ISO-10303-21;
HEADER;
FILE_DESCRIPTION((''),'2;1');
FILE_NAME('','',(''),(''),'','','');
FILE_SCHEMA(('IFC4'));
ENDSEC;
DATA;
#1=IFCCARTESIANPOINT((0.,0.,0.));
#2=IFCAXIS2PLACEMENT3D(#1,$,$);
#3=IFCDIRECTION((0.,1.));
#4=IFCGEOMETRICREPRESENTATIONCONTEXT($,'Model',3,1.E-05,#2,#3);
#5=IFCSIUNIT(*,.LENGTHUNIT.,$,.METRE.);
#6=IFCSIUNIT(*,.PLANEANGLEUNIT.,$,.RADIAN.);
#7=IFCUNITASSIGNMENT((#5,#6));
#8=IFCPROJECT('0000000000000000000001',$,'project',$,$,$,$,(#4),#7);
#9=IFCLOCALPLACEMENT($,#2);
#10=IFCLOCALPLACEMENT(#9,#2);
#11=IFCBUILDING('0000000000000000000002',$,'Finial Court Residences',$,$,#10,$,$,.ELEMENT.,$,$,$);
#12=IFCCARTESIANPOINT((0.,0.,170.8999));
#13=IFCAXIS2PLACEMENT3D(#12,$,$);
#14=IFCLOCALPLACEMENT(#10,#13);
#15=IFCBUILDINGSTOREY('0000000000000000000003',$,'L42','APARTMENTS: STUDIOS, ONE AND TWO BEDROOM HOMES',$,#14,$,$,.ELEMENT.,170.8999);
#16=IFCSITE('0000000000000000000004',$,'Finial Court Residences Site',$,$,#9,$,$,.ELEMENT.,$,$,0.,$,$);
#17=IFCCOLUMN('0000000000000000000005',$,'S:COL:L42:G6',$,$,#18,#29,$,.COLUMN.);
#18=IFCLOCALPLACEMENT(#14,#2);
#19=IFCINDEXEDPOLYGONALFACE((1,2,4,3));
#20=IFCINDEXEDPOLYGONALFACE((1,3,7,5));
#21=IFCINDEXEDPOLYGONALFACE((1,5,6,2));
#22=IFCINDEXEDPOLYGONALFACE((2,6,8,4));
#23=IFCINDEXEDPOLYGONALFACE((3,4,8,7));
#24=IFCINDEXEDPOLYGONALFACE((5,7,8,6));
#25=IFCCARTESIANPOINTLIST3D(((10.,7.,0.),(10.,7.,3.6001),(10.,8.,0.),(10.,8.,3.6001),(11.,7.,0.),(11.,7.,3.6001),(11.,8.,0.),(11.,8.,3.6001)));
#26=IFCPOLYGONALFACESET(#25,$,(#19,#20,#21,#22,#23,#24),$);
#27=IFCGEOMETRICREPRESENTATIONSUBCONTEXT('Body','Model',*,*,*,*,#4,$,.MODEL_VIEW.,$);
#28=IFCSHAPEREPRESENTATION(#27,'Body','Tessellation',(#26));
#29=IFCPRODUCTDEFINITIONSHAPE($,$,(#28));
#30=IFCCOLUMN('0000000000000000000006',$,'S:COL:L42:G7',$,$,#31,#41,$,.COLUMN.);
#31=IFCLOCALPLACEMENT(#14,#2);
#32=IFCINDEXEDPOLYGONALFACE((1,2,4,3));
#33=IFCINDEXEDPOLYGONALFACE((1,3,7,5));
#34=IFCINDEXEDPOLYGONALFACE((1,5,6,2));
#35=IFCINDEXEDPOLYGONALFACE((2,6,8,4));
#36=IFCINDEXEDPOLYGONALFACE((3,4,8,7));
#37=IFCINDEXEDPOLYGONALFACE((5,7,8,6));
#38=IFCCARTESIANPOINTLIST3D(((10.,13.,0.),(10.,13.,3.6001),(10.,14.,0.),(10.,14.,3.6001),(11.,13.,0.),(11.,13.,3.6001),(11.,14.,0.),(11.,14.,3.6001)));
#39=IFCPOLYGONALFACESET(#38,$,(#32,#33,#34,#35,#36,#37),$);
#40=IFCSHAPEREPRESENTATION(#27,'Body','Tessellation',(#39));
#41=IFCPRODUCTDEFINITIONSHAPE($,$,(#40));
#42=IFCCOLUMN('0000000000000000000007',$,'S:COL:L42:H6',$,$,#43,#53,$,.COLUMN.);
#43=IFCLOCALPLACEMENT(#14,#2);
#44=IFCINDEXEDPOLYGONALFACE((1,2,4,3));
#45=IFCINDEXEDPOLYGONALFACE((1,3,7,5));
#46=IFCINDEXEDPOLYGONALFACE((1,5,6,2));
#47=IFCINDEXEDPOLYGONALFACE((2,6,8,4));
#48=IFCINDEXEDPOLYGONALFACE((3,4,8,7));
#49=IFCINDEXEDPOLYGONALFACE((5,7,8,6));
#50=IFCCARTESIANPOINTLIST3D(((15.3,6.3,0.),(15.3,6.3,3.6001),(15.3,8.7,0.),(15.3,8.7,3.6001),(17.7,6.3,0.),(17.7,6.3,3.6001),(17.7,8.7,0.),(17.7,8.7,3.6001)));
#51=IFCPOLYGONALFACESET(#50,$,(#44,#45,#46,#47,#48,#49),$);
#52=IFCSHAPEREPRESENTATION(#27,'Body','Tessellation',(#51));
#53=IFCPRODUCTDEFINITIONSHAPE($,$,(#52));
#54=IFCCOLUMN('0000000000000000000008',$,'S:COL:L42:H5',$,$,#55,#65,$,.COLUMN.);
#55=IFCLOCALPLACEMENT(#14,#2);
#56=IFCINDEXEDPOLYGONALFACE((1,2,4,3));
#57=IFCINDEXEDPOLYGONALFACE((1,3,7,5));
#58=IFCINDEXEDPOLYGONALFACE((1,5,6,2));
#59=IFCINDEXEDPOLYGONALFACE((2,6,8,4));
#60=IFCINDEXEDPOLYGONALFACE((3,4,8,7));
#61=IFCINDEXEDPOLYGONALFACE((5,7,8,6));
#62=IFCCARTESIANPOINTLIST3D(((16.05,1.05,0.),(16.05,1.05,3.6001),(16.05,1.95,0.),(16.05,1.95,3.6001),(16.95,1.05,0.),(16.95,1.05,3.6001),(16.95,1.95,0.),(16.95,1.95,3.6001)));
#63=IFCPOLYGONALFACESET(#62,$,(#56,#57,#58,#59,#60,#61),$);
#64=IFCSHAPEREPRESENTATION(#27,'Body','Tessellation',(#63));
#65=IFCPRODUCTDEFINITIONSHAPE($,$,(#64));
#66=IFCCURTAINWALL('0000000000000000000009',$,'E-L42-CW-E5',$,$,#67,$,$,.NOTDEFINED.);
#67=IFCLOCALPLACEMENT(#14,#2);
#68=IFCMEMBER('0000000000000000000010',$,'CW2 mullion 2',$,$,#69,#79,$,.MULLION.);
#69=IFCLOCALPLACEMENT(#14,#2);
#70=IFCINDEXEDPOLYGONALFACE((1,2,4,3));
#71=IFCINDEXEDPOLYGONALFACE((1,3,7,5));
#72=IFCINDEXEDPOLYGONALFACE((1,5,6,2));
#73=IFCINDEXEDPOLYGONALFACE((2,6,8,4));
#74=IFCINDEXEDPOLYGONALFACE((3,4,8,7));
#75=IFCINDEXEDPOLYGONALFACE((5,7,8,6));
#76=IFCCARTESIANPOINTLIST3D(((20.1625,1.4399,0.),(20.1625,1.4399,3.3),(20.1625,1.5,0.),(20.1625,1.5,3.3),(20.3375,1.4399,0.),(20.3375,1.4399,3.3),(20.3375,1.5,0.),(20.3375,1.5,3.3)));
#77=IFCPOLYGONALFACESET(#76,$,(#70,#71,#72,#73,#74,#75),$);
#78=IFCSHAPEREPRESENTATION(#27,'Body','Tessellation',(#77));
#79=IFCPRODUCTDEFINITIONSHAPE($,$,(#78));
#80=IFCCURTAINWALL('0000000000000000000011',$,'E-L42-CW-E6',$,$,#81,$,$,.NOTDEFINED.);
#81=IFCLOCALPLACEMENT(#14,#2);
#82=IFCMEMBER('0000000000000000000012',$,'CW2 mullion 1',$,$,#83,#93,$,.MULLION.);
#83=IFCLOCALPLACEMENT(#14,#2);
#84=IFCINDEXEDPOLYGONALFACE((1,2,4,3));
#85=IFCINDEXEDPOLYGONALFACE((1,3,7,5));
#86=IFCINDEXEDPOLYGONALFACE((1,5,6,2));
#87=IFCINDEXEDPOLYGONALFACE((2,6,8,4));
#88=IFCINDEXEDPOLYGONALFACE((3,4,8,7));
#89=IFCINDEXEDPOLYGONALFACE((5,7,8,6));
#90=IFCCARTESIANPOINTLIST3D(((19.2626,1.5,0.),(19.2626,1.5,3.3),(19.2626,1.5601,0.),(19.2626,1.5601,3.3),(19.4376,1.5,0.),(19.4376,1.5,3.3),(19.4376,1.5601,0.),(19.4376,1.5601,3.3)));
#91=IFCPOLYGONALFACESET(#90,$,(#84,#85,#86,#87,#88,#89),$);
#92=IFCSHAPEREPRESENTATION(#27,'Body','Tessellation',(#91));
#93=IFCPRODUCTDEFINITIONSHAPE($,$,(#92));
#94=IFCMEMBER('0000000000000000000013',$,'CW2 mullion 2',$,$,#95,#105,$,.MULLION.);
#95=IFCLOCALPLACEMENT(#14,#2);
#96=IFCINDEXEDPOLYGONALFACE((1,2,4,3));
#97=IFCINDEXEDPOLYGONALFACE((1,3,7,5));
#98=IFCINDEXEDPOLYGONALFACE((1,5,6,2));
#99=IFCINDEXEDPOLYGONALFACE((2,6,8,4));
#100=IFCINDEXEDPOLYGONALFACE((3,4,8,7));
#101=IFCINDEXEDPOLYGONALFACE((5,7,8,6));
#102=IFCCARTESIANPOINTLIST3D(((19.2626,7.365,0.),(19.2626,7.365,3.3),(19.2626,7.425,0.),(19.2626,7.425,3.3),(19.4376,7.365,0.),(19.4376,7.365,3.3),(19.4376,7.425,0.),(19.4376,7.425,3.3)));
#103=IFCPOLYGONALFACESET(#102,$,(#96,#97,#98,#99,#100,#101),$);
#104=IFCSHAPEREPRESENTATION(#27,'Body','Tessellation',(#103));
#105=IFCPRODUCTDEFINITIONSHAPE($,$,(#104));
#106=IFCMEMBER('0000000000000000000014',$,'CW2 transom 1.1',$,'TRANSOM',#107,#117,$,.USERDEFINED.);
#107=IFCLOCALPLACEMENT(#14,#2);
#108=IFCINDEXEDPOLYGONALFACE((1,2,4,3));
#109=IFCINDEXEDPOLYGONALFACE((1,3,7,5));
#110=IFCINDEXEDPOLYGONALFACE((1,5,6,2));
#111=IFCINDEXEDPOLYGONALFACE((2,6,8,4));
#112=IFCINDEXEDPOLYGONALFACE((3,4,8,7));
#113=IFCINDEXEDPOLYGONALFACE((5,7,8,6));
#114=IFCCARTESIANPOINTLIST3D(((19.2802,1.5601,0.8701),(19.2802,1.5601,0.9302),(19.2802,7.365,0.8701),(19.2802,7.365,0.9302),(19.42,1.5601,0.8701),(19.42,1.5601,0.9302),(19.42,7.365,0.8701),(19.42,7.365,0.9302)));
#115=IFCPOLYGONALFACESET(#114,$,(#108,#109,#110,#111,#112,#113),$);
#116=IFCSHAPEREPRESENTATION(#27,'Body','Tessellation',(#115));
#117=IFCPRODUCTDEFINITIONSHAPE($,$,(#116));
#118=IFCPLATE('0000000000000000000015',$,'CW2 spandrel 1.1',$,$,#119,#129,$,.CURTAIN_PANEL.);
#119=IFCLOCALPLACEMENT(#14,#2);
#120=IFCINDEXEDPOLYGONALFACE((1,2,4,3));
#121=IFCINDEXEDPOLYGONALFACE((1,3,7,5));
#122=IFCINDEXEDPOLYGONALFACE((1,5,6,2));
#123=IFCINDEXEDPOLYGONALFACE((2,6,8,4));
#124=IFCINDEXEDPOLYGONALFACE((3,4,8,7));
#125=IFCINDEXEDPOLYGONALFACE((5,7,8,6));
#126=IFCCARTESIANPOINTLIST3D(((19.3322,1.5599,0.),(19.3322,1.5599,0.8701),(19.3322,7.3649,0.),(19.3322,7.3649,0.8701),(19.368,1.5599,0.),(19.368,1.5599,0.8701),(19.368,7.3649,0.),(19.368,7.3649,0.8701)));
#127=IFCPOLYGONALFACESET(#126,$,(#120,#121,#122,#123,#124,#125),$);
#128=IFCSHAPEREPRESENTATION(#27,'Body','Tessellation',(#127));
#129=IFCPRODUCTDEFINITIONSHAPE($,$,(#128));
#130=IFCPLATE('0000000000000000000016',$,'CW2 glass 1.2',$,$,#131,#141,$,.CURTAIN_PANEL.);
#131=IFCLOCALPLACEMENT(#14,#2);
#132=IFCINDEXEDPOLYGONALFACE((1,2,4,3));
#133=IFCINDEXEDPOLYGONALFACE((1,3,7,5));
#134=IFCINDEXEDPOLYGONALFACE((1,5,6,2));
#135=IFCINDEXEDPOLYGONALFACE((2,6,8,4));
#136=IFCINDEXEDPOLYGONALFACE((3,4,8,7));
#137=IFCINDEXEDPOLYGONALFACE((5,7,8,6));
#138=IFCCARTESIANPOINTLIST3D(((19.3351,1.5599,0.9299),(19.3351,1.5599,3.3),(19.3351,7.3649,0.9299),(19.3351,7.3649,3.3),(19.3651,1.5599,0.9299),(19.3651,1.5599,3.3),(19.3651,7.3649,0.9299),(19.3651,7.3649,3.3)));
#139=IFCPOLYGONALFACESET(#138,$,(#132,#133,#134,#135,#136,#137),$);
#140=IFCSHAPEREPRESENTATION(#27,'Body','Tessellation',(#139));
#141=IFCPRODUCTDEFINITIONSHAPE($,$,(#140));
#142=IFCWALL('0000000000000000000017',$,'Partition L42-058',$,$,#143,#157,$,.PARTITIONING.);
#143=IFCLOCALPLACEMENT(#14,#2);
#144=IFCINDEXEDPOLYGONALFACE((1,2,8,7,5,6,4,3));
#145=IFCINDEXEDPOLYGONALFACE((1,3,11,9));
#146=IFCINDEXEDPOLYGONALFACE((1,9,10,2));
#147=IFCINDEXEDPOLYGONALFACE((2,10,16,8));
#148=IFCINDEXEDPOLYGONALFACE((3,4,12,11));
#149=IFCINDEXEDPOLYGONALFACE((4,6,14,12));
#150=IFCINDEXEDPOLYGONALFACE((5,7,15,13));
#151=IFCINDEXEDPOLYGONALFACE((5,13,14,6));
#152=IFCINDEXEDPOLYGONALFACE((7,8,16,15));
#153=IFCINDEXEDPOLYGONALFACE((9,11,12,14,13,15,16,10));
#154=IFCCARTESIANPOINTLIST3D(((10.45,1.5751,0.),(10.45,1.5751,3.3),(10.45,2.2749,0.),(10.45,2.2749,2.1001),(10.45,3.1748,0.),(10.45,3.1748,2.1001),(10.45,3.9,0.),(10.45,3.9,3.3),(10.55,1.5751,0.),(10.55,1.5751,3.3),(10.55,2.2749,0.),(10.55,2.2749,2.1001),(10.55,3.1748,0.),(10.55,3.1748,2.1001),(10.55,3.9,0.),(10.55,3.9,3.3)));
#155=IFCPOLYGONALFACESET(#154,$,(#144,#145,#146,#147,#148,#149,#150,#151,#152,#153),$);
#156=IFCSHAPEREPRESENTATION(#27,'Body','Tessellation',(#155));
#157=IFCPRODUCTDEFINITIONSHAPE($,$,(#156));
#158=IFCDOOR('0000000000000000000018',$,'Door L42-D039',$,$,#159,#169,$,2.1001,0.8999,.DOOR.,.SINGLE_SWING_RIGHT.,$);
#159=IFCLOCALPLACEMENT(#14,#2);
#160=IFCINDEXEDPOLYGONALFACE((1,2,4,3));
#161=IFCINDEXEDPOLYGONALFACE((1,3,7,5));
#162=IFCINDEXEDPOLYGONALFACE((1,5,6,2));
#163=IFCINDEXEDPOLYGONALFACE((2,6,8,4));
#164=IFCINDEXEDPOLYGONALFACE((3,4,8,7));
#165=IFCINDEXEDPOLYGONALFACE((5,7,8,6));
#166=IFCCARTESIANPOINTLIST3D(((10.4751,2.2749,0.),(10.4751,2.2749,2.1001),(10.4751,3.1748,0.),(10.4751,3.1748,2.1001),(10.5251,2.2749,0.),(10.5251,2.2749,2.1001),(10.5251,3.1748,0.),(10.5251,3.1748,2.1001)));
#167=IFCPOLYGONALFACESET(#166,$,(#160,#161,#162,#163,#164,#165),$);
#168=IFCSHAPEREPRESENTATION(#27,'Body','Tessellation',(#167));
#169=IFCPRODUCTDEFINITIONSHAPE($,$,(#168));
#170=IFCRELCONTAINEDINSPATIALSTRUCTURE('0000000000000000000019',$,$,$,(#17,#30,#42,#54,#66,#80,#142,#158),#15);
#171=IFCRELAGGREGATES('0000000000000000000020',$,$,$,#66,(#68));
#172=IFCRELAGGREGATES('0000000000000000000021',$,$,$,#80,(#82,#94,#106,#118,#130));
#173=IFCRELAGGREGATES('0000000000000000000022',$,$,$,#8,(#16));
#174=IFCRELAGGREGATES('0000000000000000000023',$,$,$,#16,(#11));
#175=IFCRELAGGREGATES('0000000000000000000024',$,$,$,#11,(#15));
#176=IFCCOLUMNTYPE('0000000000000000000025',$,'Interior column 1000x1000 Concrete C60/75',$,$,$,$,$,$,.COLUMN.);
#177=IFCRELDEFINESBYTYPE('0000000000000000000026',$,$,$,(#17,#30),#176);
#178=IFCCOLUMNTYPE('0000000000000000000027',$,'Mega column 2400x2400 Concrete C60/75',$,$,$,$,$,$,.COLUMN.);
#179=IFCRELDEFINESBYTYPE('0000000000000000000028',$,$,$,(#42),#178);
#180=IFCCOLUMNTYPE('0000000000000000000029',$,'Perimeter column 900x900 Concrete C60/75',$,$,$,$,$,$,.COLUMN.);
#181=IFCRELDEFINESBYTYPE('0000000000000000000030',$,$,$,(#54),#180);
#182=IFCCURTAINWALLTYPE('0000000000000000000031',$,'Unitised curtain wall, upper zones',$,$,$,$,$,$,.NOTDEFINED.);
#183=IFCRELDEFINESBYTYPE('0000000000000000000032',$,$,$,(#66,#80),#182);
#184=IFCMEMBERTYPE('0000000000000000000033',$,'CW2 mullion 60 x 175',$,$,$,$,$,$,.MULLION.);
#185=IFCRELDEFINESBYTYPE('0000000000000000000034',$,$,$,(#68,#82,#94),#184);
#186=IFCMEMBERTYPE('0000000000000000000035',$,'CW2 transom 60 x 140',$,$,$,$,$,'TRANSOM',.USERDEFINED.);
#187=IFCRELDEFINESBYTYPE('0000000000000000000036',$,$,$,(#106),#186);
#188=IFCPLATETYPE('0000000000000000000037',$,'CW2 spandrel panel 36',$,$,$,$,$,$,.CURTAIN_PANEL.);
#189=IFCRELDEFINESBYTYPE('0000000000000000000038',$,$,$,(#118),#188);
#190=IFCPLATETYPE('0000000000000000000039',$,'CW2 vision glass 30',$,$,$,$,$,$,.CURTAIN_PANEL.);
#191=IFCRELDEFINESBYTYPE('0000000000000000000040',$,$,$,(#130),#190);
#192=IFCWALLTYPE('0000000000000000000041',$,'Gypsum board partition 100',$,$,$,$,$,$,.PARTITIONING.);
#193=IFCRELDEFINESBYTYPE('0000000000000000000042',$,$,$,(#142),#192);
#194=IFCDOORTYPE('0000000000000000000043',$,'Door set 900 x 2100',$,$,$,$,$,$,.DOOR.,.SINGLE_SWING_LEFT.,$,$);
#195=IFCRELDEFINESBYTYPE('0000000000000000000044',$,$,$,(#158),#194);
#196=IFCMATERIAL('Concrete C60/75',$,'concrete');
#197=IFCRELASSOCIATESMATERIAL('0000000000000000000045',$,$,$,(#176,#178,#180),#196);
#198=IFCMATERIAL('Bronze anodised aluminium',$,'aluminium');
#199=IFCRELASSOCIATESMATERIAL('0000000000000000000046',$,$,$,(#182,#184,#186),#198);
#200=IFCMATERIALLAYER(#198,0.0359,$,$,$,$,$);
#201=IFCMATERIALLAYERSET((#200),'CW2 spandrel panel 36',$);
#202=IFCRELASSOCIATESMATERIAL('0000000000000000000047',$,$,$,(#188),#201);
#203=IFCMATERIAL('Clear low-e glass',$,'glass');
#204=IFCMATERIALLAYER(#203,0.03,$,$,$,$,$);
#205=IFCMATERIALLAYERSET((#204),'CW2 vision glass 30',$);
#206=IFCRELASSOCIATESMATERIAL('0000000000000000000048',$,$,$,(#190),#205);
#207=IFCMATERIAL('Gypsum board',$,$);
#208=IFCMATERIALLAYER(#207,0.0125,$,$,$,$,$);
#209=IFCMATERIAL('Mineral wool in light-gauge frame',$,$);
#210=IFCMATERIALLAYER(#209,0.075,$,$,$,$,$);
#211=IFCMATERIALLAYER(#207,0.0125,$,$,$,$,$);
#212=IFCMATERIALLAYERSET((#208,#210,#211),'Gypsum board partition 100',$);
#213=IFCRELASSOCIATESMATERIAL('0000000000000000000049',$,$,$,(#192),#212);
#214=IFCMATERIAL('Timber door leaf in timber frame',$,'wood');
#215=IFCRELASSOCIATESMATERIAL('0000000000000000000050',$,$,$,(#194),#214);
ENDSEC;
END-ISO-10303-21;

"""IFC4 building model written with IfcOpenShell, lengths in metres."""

from ifc_helpers import new_model, si_unit, direction, frame, frame_2d, origin, origin_2d, place, context, subcontext, project, spatial, rectangle, extrude, material, layer, layer_set, material_profile, profile_set, type_object, element, fill, aggregate, save


model = new_model("IFC4")

# Units and contexts
model_context = context("Model", 3, precision=1e-05, world=origin(), true_north=direction((0.0, 1.0)))
body_context = subcontext(model_context, "Body", "Model", "MODEL_VIEW")
ifc_project = project(units=[si_unit("LENGTHUNIT", "METRE"), si_unit("PLANEANGLEUNIT", "RADIAN")], contexts=[model_context])

# Site, building, storey
site_placement = place(None, origin())
site = spatial("IfcSite", under=ifc_project, at=site_placement, Name="Finial Court Residences Site", CompositionType="ELEMENT", RefElevation=0.0)
building_placement = place(site_placement, origin())
building = spatial("IfcBuilding", under=site, at=building_placement, Name="Finial Court Residences", CompositionType="ELEMENT")
storey_placement = place(building_placement, frame((0.0, 0.0, 170.8999)))
storey = spatial("IfcBuildingStorey", under=building, at=storey_placement, Name="L42", Description="APARTMENTS: STUDIOS, ONE AND TWO BEDROOM HOMES", CompositionType="ELEMENT", Elevation=170.8999)

# Columns
ifc_material_1 = material(Name="Concrete C60/75", Category="concrete")
ifc_material_profile_1 = material_profile(ifc_material_1, rectangle(XDim=1.0, YDim=1.0, at=origin_2d()), Name="1000x1000")
ifc_profile_set_1 = profile_set([ifc_material_profile_1], Name="Concrete C60/75")
column_type_1 = type_object("IfcColumnType", Name="Interior column 1000x1000 Concrete C60/75", PredefinedType="COLUMN", material=ifc_profile_set_1)
for number, where, z_axis, x_axis, name in (
    (1, (10.5, 7.5, 0.0), (0.0, 0.0, 1.0), (1.0, 0.0, 0.0), "S:COL:L42:G6"),
    (2, (10.5, 13.5, 0.0), (0.0, 0.0, 1.0), (1.0, 0.0, 0.0), "S:COL:L42:G7"),
):
    element("IfcColumn", number, at=place(storey_placement, frame(where, z_axis=z_axis, x_axis=x_axis)), inside=storey, type_object=column_type_1, Name=name, PredefinedType="COLUMN", context=body_context, shape_type="SweptSolid", body=[
        extrude(rectangle(XDim=1.0, YDim=1.0, at=origin_2d()), origin(), (0.0, 0.0, 1.0), 3.6001),
    ])
ifc_material_profile_2 = material_profile(ifc_material_1, rectangle(XDim=2.3999, YDim=2.3999, at=origin_2d()), Name="2400x2400")
ifc_profile_set_2 = profile_set([ifc_material_profile_2], Name="Concrete C60/75")
column_type_2 = type_object("IfcColumnType", Name="Mega column 2400x2400 Concrete C60/75", PredefinedType="COLUMN", material=ifc_profile_set_2)
column_1_placement = place(storey_placement, frame((16.5, 7.5, 0.0), z_axis=(0.0, 0.0, 1.0), x_axis=(1.0, 0.0, 0.0)))
element("IfcColumn", 3, at=column_1_placement, inside=storey, type_object=column_type_2, Name="S:COL:L42:H6", PredefinedType="COLUMN", context=body_context, shape_type="SweptSolid", body=[
    extrude(rectangle(XDim=2.3999, YDim=2.3999, at=origin_2d()), origin(), (0.0, 0.0, 1.0), 3.6001),
])
ifc_material_profile_3 = material_profile(ifc_material_1, rectangle(XDim=0.8999, YDim=0.8999, at=origin_2d()), Name="900x900")
ifc_profile_set_3 = profile_set([ifc_material_profile_3], Name="Concrete C60/75")
column_type_3 = type_object("IfcColumnType", Name="Perimeter column 900x900 Concrete C60/75", PredefinedType="COLUMN", material=ifc_profile_set_3)
column_2_placement = place(storey_placement, frame((16.5, 1.5, 0.0), z_axis=(0.0, 0.0, 1.0), x_axis=(1.0, 0.0, 0.0)))
element("IfcColumn", 4, at=column_2_placement, inside=storey, type_object=column_type_3, Name="S:COL:L42:H5", PredefinedType="COLUMN", context=body_context, shape_type="SweptSolid", body=[
    extrude(rectangle(XDim=0.8999, YDim=0.8999, at=origin_2d()), origin(), (0.0, 0.0, 1.0), 3.6001),
])

# Curtain wall, member
ifc_material_2 = material(Name="Bronze anodised aluminium", Category="aluminium")
curtain_wall_type = type_object("IfcCurtainWallType", Name="Unitised curtain wall, upper zones", PredefinedType="NOTDEFINED", material=ifc_material_2)
curtain_wall_1_placement = place(storey_placement, origin())
curtain_wall_1 = element("IfcCurtainWall", 5, at=curtain_wall_1_placement, inside=storey, type_object=curtain_wall_type, Name="E-L42-CW-E5", PredefinedType="NOTDEFINED")
ifc_material_profile_4 = material_profile(ifc_material_2, rectangle(XDim=0.175, YDim=0.0601, at=origin_2d()), Name="CW2 mullion 60 x 175")
ifc_profile_set_4 = profile_set([ifc_material_profile_4], Name="Bronze anodised aluminium")
member_type_1 = type_object("IfcMemberType", Name="CW2 mullion 60 x 175", PredefinedType="MULLION", material=ifc_profile_set_4)
member_1_placement = place(storey_placement, frame((20.25, 1.47, 0.0), z_axis=(0.0, 0.0, 1.0), x_axis=(-1.0, 0.0, 0.0)))
member_1 = element("IfcMember", 6, at=member_1_placement, type_object=member_type_1, Name="CW2 mullion 2", PredefinedType="MULLION", context=body_context, shape_type="SweptSolid", body=[
    extrude(rectangle(XDim=0.175, YDim=0.0601, at=origin_2d()), origin(), (0.0, 0.0, 1.0), 3.3),
])
aggregate(curtain_wall_1, [member_1])

# Curtain wall, members, plates
curtain_wall_2_placement = place(storey_placement, origin())
curtain_wall_2 = element("IfcCurtainWall", 7, at=curtain_wall_2_placement, inside=storey, type_object=curtain_wall_type, Name="E-L42-CW-E6", PredefinedType="NOTDEFINED")
member_2_placement = place(storey_placement, frame((19.3501, 1.53, 0.0), z_axis=(0.0, 0.0, 1.0), x_axis=(-1.0, 0.0, 0.0)))
member_2 = element("IfcMember", 8, at=member_2_placement, type_object=member_type_1, Name="CW2 mullion 1", PredefinedType="MULLION", context=body_context, shape_type="SweptSolid", body=[
    extrude(rectangle(XDim=0.175, YDim=0.0601, at=origin_2d()), origin(), (0.0, 0.0, 1.0), 3.3),
])
member_3_placement = place(storey_placement, frame((19.3501, 7.395, 0.0), z_axis=(0.0, 0.0, 1.0), x_axis=(-1.0, 0.0, 0.0)))
member_3 = element("IfcMember", 9, at=member_3_placement, type_object=member_type_1, Name="CW2 mullion 2", PredefinedType="MULLION", context=body_context, shape_type="SweptSolid", body=[
    extrude(rectangle(XDim=0.175, YDim=0.0601, at=origin_2d()), origin(), (0.0, 0.0, 1.0), 3.3),
])
ifc_material_profile_5 = material_profile(ifc_material_2, rectangle(XDim=0.1399, YDim=0.0601, at=origin_2d()), Name="CW2 transom 60 x 140")
ifc_profile_set_5 = profile_set([ifc_material_profile_5], Name="Bronze anodised aluminium")
member_type_2 = type_object("IfcMemberType", Name="CW2 transom 60 x 140", ElementType="TRANSOM", PredefinedType="USERDEFINED", material=ifc_profile_set_5)
member_4_placement = place(storey_placement, frame((19.3501, 1.5601, 0.9001), z_axis=(0.0, 1.0, 0.0), x_axis=(-1.0, 0.0, 0.0)))
member_4 = element("IfcMember", 10, at=member_4_placement, type_object=member_type_2, Name="CW2 transom 1.1", ObjectType="TRANSOM", PredefinedType="USERDEFINED", context=body_context, shape_type="SweptSolid", body=[
    extrude(rectangle(XDim=0.1399, YDim=0.0601, at=origin_2d()), origin(), (0.0, 0.0, 1.0), 5.8049),
])
ifc_layer_1 = layer(ifc_material_2, 0.0359)
ifc_layer_set_1 = layer_set([ifc_layer_1], Name="CW2 spandrel panel 36")
plate_type_1 = type_object("IfcPlateType", Name="CW2 spandrel panel 36", PredefinedType="CURTAIN_PANEL", material=ifc_layer_set_1)
plate_1_placement = place(storey_placement, frame((19.3501, 4.4624, 0.0), z_axis=(0.0, 0.0, 1.0), x_axis=(0.0, 1.0, 0.0)))
plate_1 = element("IfcPlate", 11, at=plate_1_placement, type_object=plate_type_1, Name="CW2 spandrel 1.1", PredefinedType="CURTAIN_PANEL", context=body_context, shape_type="SweptSolid", body=[
    extrude(rectangle(XDim=5.8049, YDim=0.0359, at=origin_2d()), origin(), (0.0, 0.0, 1.0), 0.8701),
])
ifc_material_3 = material(Name="Clear low-e glass", Category="glass")
ifc_layer_2 = layer(ifc_material_3, 0.03)
ifc_layer_set_2 = layer_set([ifc_layer_2], Name="CW2 vision glass 30")
plate_type_2 = type_object("IfcPlateType", Name="CW2 vision glass 30", PredefinedType="CURTAIN_PANEL", material=ifc_layer_set_2)
plate_2_placement = place(storey_placement, frame((19.3501, 4.4624, 0.9299), z_axis=(0.0, 0.0, 1.0), x_axis=(0.0, 1.0, 0.0)))
plate_2 = element("IfcPlate", 12, at=plate_2_placement, type_object=plate_type_2, Name="CW2 glass 1.2", PredefinedType="CURTAIN_PANEL", context=body_context, shape_type="SweptSolid", body=[
    extrude(rectangle(XDim=5.8049, YDim=0.03, at=origin_2d()), origin(), (0.0, 0.0, 1.0), 2.3701),
])
aggregate(curtain_wall_2, [member_2, member_3, member_4, plate_1, plate_2])

# Wall, opening, door
ifc_material_4 = material(Name="Gypsum board")
ifc_layer_3 = layer(ifc_material_4, 0.0125)
ifc_material_5 = material(Name="Mineral wool in light-gauge frame")
ifc_layer_4 = layer(ifc_material_5, 0.075)
ifc_layer_5 = layer(ifc_material_4, 0.0125)
ifc_layer_set_3 = layer_set([ifc_layer_3, ifc_layer_4, ifc_layer_5], Name="Gypsum board partition 100")
wall_type_1 = type_object("IfcWallType", Name="Gypsum board partition 100", PredefinedType="PARTITIONING", material=ifc_layer_set_3)
wall_1_placement = place(storey_placement, frame((10.5, 1.575, 0.0), z_axis=(0.0, 0.0, 1.0), x_axis=(0.0, 1.0, 0.0)))
wall_1 = element("IfcWall", 13, at=wall_1_placement, inside=storey, type_object=wall_type_1, Name="Partition L42-058", PredefinedType="PARTITIONING", context=body_context, shape_type="SweptSolid", body=[
    extrude(rectangle(XDim=2.325, YDim=0.1001, at=frame_2d((1.1626, 0.0))), origin(), (0.0, 0.0, 1.0), 3.3),
])
opening_1_placement = place(wall_1_placement, frame((0.7, 0.0, 0.0)))
opening_1 = element("IfcOpeningElement", 14, at=opening_1_placement, cuts=wall_1, PredefinedType="OPENING", context=body_context, shape_type="SweptSolid", body=[
    extrude(rectangle(XDim=0.8999, YDim=2.1001, at=frame_2d((0.45, 1.05))), frame((0.0, 0.0601, 0.0), z_axis=(0.0, -1.0, 0.0), x_axis=(1.0, 0.0, 0.0)), (0.0, 0.0, 1.0), 0.1201),
])
ifc_material_6 = material(Name="Timber door leaf in timber frame", Category="wood")
door_type_1 = type_object("IfcDoorType", Name="Door set 900 x 2100", OperationType="SINGLE_SWING_LEFT", PredefinedType="DOOR", material=ifc_material_6)
door_1_placement = place(opening_1_placement, origin())
door_1 = element("IfcDoor", 15, at=door_1_placement, inside=storey, type_object=door_type_1, Name="Door L42-D039", OperationType="SINGLE_SWING_RIGHT", OverallHeight=2.1001, OverallWidth=0.8999, PredefinedType="DOOR", context=body_context, shape_type="SweptSolid", body=[
    extrude(rectangle(XDim=0.8999, YDim=2.1001, at=frame_2d((0.45, 1.05))), frame((0.0, 0.0249, 0.0), z_axis=(0.0, -1.0, 0.0), x_axis=(1.0, 0.0, 0.0)), (0.0, 0.0, 1.0), 0.05),
])
fill(opening_1, door_1)

save(model, "model.ifc")
